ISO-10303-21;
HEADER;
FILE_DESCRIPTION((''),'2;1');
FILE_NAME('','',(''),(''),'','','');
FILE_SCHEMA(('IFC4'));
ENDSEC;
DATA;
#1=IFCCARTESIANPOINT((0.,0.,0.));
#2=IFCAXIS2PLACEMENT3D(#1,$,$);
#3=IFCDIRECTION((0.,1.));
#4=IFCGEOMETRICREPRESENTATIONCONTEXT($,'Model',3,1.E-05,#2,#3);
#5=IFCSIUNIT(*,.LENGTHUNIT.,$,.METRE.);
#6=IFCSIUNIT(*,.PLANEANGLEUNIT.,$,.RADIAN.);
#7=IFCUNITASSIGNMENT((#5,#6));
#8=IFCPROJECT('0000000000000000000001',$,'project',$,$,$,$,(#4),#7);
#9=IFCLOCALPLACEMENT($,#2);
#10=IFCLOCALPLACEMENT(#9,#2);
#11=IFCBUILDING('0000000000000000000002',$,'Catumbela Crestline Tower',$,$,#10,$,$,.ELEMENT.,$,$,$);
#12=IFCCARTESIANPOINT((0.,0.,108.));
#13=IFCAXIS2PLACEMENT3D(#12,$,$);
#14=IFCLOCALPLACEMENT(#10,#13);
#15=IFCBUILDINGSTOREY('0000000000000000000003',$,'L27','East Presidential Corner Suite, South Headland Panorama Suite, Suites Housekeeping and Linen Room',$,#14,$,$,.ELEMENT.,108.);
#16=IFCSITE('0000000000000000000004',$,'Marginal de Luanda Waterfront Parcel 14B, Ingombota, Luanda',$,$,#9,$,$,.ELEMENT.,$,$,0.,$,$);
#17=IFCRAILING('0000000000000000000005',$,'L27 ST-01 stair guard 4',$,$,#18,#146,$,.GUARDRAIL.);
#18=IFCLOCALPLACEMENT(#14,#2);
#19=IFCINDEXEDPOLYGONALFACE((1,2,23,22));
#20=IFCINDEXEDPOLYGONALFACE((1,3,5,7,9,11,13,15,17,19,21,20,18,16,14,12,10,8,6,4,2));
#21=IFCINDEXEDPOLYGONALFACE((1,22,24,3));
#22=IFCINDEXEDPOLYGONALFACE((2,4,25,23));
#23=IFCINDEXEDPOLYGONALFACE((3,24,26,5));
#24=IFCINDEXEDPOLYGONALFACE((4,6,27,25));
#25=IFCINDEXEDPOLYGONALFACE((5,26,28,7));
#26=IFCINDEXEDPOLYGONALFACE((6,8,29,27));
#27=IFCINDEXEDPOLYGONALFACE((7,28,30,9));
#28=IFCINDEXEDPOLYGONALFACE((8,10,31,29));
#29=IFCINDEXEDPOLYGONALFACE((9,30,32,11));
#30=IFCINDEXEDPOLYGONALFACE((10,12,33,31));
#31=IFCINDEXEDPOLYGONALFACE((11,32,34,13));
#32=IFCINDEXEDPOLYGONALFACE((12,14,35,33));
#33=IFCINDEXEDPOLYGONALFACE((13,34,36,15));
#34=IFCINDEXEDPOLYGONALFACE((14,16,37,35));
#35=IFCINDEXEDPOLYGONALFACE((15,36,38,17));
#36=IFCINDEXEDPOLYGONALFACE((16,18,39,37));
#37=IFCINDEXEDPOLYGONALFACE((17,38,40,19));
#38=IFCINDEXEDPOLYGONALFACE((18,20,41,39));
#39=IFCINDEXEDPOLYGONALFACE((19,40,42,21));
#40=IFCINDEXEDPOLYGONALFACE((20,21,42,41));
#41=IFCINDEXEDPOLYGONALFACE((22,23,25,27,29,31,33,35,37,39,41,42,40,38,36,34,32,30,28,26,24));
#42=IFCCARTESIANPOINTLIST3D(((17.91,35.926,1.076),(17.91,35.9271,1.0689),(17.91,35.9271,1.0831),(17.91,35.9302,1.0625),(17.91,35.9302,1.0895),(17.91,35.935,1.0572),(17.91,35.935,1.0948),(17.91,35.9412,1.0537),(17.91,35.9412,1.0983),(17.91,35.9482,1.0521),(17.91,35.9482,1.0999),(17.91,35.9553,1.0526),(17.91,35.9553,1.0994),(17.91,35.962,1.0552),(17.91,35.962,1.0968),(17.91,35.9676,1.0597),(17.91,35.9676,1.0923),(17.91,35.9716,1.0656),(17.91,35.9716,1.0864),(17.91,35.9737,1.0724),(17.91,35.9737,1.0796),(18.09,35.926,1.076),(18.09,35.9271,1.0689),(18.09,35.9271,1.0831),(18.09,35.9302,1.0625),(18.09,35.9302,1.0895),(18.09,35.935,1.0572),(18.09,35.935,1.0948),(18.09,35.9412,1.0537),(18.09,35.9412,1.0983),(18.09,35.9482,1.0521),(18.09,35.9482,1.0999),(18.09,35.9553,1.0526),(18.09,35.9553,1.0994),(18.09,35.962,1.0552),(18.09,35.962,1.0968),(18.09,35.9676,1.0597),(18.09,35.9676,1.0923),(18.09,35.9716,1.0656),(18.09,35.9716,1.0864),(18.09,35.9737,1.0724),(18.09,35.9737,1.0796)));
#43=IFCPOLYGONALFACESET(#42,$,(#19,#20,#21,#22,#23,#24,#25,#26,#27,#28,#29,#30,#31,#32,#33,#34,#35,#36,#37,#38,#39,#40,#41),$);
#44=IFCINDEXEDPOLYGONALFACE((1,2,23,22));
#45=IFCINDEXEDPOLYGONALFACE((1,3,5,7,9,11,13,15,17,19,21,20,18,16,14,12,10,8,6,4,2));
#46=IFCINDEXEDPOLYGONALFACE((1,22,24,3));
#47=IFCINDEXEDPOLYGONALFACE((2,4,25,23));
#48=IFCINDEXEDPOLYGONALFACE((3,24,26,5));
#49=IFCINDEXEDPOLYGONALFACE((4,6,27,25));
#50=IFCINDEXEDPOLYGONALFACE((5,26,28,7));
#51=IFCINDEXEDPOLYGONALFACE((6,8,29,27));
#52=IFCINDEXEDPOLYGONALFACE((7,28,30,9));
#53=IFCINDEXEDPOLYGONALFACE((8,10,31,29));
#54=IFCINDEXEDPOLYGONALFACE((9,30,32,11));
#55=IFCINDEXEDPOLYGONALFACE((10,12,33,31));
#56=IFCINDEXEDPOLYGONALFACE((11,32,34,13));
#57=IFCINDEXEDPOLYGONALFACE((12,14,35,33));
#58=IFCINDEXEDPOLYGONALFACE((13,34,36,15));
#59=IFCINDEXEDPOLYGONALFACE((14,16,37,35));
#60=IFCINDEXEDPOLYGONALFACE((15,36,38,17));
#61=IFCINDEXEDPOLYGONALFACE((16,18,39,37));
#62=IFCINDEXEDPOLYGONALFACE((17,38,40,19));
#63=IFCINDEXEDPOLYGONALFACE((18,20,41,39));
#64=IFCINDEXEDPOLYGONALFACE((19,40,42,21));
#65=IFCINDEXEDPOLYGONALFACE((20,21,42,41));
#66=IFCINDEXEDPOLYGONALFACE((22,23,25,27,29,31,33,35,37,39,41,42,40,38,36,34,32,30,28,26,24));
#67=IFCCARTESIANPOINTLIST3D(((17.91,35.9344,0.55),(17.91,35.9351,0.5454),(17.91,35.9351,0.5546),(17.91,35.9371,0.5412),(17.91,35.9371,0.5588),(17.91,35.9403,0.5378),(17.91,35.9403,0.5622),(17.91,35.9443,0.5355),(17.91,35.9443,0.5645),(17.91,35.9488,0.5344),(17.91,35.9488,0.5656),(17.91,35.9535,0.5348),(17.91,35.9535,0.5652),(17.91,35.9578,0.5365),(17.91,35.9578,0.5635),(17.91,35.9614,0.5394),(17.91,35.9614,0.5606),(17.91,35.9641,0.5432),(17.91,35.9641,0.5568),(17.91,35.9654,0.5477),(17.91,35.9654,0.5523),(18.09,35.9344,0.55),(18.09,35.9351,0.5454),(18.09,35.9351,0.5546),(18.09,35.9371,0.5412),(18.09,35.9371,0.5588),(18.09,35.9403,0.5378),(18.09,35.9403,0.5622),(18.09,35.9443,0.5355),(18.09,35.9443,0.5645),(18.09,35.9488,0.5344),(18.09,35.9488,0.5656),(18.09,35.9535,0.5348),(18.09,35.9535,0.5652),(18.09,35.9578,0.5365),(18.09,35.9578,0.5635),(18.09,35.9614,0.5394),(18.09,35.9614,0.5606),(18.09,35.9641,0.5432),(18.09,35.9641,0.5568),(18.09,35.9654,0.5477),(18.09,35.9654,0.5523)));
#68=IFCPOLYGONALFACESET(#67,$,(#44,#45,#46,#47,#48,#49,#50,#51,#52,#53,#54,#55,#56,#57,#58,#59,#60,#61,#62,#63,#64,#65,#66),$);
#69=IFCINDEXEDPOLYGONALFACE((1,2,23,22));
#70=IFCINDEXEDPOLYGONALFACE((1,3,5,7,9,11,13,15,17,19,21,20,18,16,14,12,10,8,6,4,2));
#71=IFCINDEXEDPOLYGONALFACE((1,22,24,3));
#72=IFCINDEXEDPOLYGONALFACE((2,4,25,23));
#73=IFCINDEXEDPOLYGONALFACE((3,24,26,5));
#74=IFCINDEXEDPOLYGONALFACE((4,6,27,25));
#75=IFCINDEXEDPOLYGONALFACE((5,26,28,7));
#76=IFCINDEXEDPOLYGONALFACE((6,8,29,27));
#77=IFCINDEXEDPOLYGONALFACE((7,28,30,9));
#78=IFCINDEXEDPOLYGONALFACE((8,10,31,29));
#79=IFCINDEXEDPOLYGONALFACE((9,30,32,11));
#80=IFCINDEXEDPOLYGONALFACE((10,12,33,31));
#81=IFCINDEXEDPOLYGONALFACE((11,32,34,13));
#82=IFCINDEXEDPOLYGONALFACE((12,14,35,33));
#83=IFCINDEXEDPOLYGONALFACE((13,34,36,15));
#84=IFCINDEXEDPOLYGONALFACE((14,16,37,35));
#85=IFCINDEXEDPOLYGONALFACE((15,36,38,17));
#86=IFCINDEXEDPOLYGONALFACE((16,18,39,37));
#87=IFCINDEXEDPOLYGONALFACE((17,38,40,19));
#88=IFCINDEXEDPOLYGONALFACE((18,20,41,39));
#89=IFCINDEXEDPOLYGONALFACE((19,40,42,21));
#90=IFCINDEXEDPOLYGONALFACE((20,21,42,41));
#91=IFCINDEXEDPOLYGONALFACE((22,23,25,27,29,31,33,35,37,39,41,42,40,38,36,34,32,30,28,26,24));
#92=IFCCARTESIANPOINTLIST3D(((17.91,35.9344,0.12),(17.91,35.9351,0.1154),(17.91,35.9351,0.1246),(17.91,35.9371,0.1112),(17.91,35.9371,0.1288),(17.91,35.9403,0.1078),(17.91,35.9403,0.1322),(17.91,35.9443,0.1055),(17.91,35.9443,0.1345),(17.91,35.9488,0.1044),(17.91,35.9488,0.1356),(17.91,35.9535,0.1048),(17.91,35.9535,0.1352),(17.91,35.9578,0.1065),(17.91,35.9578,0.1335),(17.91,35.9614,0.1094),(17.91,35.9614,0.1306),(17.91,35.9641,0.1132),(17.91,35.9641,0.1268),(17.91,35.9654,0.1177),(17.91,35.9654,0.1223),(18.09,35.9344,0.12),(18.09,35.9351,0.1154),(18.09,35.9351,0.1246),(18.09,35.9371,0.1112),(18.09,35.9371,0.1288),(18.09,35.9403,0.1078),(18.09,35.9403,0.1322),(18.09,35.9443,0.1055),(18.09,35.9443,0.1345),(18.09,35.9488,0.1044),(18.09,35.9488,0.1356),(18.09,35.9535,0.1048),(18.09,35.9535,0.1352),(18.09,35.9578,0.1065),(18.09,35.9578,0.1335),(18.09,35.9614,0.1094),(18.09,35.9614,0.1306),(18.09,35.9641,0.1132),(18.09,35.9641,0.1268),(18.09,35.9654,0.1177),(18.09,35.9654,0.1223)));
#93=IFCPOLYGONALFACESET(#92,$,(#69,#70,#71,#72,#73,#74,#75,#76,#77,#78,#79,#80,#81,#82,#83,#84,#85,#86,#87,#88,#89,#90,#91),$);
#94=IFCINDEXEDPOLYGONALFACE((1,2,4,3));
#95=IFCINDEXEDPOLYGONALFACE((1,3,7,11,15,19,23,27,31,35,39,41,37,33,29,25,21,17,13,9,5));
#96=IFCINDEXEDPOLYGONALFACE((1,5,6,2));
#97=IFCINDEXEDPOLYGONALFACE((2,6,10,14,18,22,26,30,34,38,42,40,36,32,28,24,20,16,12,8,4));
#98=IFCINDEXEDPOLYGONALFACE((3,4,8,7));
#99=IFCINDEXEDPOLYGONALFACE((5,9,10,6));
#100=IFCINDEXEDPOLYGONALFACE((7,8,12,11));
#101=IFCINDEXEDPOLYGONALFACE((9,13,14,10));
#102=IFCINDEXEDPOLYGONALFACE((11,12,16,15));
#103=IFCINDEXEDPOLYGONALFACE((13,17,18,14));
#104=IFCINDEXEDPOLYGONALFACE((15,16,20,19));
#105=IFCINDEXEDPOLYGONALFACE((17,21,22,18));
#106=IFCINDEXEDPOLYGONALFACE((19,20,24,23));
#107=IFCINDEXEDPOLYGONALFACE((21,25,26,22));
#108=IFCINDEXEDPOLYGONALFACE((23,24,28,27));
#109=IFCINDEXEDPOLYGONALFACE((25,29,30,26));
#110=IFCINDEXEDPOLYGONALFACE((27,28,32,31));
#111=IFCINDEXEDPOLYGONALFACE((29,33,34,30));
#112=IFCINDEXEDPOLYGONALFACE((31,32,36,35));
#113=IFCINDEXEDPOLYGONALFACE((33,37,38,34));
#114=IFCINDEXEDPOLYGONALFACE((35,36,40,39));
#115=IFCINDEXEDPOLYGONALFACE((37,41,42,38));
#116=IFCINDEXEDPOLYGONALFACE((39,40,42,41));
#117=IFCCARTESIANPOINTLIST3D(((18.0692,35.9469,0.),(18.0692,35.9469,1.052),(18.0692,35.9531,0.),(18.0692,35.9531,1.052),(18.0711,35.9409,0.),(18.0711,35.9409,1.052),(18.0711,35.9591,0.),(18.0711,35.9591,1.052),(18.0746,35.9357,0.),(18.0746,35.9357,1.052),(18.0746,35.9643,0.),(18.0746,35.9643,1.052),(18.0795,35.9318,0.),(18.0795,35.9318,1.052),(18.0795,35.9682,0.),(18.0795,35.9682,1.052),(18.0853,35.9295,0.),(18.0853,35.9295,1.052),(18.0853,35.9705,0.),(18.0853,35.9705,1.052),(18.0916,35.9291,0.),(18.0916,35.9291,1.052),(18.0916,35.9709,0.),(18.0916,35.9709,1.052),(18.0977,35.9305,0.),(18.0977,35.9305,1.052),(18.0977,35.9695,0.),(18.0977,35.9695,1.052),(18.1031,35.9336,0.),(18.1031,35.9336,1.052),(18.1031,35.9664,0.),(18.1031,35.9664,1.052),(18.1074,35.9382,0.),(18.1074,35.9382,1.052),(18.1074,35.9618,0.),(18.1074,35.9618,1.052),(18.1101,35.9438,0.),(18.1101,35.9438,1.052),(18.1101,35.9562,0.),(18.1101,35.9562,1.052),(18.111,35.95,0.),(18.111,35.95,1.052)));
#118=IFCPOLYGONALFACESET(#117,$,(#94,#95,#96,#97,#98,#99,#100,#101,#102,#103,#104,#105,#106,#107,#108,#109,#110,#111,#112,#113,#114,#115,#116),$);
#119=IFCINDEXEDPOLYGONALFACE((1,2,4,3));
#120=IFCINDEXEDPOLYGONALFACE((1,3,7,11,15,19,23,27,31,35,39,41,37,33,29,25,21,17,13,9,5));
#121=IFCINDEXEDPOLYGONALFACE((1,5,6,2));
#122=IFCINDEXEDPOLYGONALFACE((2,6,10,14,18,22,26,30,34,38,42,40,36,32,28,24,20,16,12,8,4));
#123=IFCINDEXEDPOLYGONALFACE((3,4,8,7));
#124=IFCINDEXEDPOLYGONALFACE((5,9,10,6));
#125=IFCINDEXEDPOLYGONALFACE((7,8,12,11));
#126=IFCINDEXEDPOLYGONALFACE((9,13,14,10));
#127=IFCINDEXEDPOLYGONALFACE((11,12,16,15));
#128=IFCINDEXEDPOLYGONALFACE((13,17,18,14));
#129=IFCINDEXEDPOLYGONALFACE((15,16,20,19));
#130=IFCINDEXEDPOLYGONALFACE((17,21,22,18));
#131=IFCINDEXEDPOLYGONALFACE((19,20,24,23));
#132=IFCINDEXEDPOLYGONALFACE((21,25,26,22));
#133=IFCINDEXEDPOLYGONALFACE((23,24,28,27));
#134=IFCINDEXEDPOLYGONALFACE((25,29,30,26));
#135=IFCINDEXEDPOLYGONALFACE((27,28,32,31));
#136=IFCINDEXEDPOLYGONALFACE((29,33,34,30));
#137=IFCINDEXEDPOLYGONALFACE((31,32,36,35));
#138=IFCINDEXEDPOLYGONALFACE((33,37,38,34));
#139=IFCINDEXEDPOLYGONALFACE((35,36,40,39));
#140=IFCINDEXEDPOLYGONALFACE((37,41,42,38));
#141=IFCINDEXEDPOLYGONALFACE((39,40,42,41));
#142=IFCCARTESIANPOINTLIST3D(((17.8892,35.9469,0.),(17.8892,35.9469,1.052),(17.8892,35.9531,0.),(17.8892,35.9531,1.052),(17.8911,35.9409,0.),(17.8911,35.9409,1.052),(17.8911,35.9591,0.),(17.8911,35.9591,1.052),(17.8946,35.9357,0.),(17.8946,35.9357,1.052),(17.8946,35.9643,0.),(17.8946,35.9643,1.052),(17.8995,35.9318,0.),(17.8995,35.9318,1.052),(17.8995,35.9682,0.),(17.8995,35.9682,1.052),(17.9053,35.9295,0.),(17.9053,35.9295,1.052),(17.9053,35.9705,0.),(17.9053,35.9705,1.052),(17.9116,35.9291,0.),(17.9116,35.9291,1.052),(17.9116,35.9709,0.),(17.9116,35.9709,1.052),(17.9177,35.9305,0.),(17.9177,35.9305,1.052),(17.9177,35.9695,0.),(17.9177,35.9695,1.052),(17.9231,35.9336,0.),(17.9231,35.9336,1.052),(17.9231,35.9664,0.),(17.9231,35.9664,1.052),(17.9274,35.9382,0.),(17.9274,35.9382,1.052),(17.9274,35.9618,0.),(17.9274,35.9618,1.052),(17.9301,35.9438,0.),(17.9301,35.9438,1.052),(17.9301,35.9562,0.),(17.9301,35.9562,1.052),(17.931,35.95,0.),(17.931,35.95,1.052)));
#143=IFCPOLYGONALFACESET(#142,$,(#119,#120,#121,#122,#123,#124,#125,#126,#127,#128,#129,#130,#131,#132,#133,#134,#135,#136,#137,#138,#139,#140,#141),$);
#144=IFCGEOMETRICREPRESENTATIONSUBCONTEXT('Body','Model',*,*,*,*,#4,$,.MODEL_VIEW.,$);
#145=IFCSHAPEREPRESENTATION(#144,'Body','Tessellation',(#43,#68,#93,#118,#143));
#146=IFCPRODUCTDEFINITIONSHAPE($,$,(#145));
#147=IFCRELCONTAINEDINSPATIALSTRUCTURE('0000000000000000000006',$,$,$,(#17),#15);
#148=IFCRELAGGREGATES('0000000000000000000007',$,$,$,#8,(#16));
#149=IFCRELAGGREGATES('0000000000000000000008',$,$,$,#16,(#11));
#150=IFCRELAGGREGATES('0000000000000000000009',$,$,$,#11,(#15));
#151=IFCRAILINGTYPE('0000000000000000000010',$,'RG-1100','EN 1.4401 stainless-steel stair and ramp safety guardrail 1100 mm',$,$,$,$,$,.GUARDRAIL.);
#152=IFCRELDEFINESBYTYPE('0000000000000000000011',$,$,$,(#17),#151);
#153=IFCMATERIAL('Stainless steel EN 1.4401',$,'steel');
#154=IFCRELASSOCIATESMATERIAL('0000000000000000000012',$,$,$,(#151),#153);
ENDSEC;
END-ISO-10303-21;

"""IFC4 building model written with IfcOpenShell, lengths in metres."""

from ifc_helpers import new_model, si_unit, direction, frame, origin, origin_2d, place, context, subcontext, project, spatial, circle, extrude, material, type_object, element, save


model = new_model("IFC4")

# Units and contexts
model_context = context("Model", 3, precision=1e-05, world=origin(), true_north=direction((0.0, 1.0)))
body_context = subcontext(model_context, "Body", "Model", "MODEL_VIEW")
ifc_project = project(units=[si_unit("LENGTHUNIT", "METRE"), si_unit("PLANEANGLEUNIT", "RADIAN")], contexts=[model_context])

# Site, building, storey
site_placement = place(None, origin())
site = spatial("IfcSite", under=ifc_project, at=site_placement, Name="Marginal de Luanda Waterfront Parcel 14B, Ingombota, Luanda", CompositionType="ELEMENT", RefElevation=0.0)
building_placement = place(site_placement, origin())
building = spatial("IfcBuilding", under=site, at=building_placement, Name="Catumbela Crestline Tower", CompositionType="ELEMENT")
storey_placement = place(building_placement, frame((0.0, 0.0, 108.0)))
storey = spatial("IfcBuildingStorey", under=building, at=storey_placement, Name="L27", Description="East Presidential Corner Suite, South Headland Panorama Suite, Suites Housekeeping and Linen Room", CompositionType="ELEMENT", Elevation=108.0)

# Railing
ifc_material_1 = material(Name="Stainless steel EN 1.4401", Category="steel")
railing_type_1 = type_object("IfcRailingType", Name="RG-1100", Description="EN 1.4401 stainless-steel stair and ramp safety guardrail 1100 mm", PredefinedType="GUARDRAIL", material=ifc_material_1)
railing_1_placement = place(storey_placement, frame((18.09, 35.95, 0.0)))
element("IfcRailing", 1, at=railing_1_placement, inside=storey, type_object=railing_type_1, Name="L27 ST-01 stair guard 4", PredefinedType="GUARDRAIL", context=body_context, shape_type="SweptSolid", body=[
    extrude(circle(Radius=0.024, at=origin_2d()), frame((0.0, 0.0, 1.076), z_axis=(-1.0, 0.0, 0.0), x_axis=(0.0, -1.0, 0.0)), (0.0, 0.0, 1.0), 0.18),
    extrude(circle(Radius=0.0156, at=origin_2d()), frame((0.0, 0.0, 0.55), z_axis=(-1.0, 0.0, 0.0), x_axis=(0.0, -1.0, 0.0)), (0.0, 0.0, 1.0), 0.18),
    extrude(circle(Radius=0.0156, at=origin_2d()), frame((0.0, 0.0, 0.12), z_axis=(-1.0, 0.0, 0.0), x_axis=(0.0, -1.0, 0.0)), (0.0, 0.0, 1.0), 0.18),
    extrude(circle(Radius=0.021, at=origin_2d()), origin(), (0.0, 0.0, 1.0), 1.052),
    extrude(circle(Radius=0.021, at=origin_2d()), frame((-0.18, 0.0, 0.0)), (0.0, 0.0, 1.0), 1.052),
])

save(model, "model.ifc")
